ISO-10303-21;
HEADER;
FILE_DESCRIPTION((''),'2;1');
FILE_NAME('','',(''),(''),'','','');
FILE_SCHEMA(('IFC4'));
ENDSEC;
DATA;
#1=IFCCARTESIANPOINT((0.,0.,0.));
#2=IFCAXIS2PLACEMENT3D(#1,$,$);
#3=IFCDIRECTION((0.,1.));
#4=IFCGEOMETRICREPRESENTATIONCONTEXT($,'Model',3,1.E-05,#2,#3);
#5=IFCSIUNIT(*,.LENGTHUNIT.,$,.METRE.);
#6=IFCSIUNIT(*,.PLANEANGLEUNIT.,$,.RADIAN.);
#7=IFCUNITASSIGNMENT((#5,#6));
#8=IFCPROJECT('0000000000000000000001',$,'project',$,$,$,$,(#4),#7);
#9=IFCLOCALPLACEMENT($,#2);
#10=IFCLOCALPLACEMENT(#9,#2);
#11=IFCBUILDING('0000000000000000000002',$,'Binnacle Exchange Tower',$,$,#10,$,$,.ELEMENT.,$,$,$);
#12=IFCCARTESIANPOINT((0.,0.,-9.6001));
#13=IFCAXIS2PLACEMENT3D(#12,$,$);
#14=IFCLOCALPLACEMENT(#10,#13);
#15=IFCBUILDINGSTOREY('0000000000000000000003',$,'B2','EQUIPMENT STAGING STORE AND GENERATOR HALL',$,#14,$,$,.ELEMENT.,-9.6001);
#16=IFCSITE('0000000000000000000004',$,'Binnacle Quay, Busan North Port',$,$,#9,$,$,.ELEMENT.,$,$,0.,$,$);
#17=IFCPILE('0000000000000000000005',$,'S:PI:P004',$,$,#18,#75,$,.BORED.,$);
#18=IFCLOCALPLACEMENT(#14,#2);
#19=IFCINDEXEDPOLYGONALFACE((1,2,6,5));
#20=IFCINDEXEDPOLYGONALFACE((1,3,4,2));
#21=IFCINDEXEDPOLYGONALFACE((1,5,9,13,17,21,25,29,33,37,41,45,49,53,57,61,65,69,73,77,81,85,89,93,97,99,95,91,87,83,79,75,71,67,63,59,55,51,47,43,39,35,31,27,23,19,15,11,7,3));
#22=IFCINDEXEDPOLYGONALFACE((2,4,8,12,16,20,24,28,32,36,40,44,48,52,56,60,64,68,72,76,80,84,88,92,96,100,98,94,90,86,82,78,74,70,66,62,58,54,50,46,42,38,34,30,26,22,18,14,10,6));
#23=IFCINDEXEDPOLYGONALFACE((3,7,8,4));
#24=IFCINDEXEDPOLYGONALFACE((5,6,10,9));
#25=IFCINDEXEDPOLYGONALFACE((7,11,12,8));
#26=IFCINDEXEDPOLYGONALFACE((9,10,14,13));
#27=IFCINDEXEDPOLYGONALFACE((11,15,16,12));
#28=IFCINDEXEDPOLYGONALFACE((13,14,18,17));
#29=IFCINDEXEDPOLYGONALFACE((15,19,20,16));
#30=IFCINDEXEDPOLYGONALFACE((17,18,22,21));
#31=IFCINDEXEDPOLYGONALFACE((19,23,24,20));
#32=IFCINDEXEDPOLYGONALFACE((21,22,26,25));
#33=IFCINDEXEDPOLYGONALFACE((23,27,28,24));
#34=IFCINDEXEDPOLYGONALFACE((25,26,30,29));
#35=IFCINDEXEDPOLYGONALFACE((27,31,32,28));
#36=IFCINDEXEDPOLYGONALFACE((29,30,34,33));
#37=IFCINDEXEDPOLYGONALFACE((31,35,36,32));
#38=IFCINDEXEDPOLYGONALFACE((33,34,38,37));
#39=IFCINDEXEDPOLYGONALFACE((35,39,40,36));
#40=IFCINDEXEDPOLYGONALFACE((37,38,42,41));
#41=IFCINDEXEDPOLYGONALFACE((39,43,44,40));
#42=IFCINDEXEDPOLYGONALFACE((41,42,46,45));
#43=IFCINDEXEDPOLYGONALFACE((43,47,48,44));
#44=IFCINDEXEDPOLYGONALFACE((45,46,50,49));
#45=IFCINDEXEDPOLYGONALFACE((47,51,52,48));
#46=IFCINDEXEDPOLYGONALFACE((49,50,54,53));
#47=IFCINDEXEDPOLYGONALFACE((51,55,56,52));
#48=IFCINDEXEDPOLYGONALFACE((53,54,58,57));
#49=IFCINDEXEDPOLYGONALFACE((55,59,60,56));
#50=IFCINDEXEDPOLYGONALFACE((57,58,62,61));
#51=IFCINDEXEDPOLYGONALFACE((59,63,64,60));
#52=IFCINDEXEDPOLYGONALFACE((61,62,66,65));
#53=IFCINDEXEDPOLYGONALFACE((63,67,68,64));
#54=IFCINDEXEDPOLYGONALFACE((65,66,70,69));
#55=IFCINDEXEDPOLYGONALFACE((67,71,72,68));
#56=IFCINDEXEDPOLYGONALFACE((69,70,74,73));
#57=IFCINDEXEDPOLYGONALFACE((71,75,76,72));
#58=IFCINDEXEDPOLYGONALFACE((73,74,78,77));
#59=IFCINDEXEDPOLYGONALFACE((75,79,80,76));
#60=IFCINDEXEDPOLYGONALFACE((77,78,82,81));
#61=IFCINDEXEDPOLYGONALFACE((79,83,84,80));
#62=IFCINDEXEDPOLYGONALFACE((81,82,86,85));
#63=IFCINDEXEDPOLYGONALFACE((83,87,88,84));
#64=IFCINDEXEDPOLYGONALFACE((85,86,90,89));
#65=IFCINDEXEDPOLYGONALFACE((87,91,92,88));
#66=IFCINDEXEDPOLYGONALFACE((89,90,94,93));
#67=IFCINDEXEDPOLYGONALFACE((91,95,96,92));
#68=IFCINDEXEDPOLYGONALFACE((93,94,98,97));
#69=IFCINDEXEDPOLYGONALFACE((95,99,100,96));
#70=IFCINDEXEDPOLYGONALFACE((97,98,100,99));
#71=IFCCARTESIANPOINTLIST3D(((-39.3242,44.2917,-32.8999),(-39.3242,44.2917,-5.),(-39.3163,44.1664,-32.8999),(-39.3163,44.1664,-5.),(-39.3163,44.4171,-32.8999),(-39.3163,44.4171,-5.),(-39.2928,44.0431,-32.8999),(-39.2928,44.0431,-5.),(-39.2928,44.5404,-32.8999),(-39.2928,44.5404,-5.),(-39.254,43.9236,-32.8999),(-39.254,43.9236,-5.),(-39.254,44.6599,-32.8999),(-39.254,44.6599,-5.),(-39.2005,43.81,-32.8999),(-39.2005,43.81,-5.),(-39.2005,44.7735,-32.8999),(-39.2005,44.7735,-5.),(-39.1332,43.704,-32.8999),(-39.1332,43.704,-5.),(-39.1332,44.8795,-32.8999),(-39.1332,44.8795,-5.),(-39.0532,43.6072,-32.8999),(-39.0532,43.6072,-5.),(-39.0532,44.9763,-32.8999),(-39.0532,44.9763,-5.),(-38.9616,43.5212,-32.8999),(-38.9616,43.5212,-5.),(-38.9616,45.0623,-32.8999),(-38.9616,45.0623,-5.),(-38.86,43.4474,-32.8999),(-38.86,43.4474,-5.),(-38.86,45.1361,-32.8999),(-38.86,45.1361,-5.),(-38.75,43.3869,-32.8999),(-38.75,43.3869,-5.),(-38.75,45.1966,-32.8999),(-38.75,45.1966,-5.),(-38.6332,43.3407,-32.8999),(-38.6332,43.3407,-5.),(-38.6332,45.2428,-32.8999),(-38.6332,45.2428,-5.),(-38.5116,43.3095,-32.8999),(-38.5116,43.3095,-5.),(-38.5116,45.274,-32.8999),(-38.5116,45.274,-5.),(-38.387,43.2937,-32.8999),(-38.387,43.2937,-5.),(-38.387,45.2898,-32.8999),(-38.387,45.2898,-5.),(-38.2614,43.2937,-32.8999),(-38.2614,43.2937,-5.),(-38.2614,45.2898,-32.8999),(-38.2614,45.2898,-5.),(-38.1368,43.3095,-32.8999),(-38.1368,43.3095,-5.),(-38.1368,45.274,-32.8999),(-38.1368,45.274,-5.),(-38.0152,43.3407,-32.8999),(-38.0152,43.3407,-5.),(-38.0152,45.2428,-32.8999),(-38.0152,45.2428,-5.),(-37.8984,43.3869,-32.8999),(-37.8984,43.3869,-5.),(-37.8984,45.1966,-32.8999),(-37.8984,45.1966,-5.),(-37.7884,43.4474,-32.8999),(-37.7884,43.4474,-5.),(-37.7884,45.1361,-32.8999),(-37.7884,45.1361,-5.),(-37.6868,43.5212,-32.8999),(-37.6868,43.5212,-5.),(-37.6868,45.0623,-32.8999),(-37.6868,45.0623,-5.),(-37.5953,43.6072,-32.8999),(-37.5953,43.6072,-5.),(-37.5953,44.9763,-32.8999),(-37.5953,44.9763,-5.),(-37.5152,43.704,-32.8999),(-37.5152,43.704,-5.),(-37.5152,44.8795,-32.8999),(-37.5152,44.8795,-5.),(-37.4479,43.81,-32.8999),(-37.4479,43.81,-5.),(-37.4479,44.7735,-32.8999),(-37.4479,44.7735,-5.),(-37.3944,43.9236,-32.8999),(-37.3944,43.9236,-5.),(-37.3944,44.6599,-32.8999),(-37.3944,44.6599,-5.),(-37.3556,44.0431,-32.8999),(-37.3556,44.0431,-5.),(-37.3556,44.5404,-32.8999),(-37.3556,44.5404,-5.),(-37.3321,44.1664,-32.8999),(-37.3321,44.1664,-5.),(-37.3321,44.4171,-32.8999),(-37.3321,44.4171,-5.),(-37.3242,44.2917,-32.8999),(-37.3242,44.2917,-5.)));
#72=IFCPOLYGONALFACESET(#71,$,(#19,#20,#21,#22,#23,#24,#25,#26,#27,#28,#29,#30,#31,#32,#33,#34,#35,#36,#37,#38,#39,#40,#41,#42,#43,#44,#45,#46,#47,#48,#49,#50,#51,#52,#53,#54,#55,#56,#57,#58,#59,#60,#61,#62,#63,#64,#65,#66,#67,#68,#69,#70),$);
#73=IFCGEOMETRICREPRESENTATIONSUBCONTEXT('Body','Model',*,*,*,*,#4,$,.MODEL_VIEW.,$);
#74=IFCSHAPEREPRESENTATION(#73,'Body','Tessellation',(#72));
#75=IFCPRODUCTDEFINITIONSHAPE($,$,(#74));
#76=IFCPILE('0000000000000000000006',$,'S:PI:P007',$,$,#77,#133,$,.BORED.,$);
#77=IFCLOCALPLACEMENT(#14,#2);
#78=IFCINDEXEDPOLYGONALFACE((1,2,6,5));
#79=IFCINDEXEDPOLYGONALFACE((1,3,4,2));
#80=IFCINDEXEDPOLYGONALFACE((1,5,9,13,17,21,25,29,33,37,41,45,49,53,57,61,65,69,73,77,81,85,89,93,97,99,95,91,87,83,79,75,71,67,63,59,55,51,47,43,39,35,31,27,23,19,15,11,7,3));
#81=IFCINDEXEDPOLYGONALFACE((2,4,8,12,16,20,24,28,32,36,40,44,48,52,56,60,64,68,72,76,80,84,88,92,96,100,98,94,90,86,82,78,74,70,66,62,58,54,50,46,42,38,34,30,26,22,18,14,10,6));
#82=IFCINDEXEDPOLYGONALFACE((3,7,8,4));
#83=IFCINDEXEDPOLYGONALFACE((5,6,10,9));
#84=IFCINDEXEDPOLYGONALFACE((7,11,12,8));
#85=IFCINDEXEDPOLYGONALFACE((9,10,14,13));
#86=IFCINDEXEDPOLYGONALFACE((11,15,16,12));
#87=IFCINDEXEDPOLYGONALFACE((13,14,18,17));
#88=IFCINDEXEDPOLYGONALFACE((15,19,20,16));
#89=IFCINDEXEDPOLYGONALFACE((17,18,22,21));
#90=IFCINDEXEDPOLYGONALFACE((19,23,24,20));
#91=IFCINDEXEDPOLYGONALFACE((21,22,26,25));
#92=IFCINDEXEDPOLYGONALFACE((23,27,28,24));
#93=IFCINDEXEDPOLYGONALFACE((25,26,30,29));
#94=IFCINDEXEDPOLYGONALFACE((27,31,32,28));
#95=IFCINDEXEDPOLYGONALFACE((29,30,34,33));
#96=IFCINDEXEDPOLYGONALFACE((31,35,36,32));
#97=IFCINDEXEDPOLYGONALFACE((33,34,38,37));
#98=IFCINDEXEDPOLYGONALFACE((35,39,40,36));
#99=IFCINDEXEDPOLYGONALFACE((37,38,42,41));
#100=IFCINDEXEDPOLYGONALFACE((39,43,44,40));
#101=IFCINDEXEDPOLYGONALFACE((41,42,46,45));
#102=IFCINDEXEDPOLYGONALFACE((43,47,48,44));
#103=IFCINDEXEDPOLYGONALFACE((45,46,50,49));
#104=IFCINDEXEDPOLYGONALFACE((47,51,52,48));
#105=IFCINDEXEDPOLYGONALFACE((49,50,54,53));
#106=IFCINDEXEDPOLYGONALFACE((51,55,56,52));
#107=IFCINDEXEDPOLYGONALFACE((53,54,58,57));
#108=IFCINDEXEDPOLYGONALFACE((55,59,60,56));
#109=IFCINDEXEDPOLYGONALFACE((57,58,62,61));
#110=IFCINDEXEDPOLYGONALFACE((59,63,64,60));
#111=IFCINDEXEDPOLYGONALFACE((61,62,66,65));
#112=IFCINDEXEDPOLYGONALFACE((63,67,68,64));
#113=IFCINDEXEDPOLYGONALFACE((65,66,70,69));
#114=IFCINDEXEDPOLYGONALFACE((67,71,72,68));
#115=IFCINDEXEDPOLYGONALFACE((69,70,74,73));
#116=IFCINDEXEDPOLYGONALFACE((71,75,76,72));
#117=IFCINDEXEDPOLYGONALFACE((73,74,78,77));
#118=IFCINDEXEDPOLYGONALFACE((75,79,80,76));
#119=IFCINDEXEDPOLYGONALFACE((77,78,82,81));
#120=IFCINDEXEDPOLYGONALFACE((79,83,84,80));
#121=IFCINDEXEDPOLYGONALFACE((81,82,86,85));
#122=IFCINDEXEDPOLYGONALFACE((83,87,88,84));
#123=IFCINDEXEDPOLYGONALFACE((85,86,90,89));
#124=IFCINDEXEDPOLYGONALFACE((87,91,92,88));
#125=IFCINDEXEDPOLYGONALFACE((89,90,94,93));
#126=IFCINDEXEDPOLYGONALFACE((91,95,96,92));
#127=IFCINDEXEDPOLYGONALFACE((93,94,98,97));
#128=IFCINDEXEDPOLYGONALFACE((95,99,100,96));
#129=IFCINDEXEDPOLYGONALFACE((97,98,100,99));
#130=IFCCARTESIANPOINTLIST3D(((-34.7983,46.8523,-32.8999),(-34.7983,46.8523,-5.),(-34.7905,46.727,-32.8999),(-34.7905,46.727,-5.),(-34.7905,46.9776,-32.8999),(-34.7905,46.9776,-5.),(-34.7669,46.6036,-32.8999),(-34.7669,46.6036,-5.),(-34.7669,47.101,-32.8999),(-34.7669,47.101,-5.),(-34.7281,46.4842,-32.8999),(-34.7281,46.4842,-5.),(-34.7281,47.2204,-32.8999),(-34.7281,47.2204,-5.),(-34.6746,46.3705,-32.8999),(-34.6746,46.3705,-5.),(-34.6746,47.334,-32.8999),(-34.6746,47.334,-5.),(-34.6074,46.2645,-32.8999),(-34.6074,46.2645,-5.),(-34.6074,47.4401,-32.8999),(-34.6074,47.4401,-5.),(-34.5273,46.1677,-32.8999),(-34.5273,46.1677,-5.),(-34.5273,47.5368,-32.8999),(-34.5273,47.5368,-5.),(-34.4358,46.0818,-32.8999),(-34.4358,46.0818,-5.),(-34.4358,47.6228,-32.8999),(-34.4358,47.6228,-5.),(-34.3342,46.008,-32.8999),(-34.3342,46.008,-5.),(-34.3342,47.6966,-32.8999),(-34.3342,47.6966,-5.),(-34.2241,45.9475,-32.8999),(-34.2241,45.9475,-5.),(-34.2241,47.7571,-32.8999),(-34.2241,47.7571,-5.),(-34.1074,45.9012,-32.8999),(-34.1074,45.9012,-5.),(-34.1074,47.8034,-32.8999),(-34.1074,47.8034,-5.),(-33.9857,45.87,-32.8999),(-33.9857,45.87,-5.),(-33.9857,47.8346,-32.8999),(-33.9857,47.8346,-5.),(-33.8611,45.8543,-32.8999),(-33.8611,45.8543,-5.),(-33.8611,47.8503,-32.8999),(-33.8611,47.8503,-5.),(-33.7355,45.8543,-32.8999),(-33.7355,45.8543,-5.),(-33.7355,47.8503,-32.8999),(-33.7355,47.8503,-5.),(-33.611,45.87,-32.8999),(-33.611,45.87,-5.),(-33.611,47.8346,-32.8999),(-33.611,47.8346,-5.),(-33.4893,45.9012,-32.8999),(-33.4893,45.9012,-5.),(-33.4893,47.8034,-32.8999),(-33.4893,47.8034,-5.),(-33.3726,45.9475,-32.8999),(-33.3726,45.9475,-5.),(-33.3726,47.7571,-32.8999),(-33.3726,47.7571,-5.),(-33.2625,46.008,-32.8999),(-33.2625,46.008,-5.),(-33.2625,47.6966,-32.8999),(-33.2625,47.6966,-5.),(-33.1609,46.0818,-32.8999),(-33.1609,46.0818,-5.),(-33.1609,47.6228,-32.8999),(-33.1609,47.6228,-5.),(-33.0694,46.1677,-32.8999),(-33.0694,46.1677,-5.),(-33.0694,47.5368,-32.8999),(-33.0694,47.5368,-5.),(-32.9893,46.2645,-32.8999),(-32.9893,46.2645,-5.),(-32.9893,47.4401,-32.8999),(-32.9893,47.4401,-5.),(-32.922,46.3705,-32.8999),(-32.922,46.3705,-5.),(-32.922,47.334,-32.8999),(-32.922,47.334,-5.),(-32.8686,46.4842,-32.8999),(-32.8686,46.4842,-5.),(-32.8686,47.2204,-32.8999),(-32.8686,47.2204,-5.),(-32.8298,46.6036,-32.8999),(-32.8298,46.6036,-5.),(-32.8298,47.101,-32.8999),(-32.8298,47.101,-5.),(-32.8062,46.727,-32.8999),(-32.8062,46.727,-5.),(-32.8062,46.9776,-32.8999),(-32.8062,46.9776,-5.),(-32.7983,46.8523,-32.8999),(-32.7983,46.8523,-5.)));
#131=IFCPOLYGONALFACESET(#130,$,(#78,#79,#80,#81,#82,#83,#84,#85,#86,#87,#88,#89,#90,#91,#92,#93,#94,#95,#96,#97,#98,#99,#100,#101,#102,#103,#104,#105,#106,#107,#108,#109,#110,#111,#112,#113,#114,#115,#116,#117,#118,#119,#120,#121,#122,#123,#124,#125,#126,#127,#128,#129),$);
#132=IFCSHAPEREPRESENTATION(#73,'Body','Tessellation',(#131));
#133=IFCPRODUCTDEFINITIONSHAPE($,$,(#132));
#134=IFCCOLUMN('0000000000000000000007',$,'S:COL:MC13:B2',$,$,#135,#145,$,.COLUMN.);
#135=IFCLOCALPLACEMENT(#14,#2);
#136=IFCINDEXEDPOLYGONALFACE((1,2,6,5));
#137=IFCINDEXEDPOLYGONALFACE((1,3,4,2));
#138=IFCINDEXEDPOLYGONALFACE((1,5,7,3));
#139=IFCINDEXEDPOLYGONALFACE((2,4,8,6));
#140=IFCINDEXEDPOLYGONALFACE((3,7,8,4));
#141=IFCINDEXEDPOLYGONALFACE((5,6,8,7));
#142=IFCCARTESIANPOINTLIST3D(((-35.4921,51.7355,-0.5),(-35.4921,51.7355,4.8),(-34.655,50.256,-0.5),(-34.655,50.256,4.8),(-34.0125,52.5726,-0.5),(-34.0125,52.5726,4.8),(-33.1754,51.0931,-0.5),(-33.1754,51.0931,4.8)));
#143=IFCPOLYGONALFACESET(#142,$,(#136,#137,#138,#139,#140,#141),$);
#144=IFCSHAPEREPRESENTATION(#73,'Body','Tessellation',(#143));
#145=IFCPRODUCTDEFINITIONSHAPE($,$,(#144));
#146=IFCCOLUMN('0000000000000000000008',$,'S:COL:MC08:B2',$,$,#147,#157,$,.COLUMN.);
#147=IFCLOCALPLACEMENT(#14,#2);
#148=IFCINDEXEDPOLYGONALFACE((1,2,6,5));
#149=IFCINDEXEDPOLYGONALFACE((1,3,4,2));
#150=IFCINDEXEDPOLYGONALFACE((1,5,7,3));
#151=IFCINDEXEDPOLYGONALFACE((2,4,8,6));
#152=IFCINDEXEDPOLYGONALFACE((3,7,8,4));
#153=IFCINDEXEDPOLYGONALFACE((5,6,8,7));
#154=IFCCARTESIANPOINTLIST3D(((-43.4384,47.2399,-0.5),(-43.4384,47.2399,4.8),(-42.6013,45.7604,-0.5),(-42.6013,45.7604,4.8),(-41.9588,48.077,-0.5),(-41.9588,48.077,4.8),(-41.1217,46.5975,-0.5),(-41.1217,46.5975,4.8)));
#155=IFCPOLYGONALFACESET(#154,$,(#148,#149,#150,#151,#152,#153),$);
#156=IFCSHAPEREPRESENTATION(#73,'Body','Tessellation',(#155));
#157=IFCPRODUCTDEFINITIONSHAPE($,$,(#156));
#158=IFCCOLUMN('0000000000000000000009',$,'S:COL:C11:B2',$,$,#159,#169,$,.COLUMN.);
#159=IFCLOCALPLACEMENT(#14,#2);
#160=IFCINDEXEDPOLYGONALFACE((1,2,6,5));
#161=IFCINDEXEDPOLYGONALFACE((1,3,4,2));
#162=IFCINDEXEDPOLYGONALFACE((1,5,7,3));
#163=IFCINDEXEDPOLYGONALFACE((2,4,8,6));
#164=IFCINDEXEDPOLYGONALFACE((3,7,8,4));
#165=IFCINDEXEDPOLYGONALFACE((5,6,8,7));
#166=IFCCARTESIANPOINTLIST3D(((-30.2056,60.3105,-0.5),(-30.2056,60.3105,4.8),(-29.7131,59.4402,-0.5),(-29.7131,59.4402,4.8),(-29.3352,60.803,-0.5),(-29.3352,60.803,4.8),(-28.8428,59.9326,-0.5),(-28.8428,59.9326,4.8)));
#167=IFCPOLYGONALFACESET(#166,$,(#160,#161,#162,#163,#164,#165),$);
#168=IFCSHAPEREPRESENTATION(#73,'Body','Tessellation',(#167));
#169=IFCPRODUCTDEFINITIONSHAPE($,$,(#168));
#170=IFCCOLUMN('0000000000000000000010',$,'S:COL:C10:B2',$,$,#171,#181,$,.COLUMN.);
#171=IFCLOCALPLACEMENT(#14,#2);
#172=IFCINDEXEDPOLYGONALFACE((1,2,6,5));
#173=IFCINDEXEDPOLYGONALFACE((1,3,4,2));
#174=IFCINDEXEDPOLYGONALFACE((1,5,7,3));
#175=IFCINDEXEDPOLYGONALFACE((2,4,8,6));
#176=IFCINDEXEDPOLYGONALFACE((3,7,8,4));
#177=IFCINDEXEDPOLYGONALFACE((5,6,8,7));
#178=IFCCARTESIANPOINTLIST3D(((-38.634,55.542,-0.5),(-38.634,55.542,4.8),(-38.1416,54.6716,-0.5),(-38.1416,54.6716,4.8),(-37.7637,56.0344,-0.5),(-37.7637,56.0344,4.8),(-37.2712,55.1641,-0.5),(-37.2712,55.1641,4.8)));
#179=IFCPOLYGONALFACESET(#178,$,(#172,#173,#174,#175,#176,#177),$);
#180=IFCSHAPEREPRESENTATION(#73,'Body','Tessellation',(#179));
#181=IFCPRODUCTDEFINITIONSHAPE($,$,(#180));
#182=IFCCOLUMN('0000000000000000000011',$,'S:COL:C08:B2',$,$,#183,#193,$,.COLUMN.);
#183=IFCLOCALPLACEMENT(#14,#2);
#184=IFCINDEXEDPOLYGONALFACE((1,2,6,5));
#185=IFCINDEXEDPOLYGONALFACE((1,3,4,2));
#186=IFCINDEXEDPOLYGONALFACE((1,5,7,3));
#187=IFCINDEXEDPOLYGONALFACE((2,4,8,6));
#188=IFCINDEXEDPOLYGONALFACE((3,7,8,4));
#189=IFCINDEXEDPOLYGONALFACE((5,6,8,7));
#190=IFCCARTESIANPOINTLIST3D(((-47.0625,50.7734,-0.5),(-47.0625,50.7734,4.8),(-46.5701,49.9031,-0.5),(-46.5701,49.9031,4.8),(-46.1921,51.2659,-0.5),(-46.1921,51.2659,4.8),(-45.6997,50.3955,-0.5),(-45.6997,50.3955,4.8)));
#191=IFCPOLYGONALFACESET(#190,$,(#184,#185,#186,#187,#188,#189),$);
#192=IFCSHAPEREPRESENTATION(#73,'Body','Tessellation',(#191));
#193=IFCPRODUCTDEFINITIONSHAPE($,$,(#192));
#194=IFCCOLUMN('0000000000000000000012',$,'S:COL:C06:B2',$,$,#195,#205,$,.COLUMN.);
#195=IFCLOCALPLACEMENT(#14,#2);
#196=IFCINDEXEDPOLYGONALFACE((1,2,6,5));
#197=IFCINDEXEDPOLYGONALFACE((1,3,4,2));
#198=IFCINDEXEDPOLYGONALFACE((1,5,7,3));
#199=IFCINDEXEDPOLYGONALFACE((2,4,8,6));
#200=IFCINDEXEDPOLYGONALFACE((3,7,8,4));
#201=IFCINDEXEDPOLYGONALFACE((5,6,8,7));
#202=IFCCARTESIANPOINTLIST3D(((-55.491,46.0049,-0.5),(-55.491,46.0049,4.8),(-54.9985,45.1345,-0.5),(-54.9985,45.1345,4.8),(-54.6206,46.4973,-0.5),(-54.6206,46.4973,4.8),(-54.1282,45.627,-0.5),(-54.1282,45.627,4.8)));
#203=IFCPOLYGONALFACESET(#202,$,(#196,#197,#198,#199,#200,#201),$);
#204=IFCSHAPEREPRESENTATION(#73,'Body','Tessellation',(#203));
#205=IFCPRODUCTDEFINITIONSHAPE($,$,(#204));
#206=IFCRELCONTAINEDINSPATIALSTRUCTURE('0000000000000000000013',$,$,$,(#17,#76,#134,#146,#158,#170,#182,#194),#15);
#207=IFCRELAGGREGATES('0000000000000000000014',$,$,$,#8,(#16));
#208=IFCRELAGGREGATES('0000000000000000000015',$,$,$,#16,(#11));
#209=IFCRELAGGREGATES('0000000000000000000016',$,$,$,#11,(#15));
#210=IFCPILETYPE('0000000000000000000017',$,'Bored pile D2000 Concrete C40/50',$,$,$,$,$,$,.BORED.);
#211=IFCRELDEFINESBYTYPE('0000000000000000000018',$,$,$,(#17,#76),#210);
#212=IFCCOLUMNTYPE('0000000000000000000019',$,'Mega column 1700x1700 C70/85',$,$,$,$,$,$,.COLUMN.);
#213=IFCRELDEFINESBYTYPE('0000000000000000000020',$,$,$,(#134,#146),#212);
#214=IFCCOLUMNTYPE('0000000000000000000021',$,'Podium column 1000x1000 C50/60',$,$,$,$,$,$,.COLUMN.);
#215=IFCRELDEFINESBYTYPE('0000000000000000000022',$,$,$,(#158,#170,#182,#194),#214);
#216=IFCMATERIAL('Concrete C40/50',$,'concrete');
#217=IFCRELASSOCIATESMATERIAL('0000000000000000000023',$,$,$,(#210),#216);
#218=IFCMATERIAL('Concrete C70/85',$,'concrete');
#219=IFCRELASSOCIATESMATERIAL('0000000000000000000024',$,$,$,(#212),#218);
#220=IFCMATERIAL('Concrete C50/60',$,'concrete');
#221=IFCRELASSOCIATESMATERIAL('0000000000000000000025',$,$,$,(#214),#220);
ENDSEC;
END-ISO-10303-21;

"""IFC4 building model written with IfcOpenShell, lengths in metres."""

from ifc_helpers import new_model, si_unit, direction, frame, origin, origin_2d, place, context, subcontext, project, spatial, rectangle, circle, extrude, material, material_profile, profile_set, type_object, element, save


model = new_model("IFC4")

# Units and contexts
model_context = context("Model", 3, precision=1e-05, world=origin(), true_north=direction((0.0, 1.0)))
body_context = subcontext(model_context, "Body", "Model", "MODEL_VIEW")
ifc_project = project(units=[si_unit("LENGTHUNIT", "METRE"), si_unit("PLANEANGLEUNIT", "RADIAN")], contexts=[model_context])

# Site, building, storey
site_placement = place(None, origin())
site = spatial("IfcSite", under=ifc_project, at=site_placement, Name="Binnacle Quay, Busan North Port", CompositionType="ELEMENT", RefElevation=0.0)
building_placement = place(site_placement, origin())
building = spatial("IfcBuilding", under=site, at=building_placement, Name="Binnacle Exchange Tower", CompositionType="ELEMENT")
storey_placement = place(building_placement, frame((0.0, 0.0, -9.6001)))
storey = spatial("IfcBuildingStorey", under=building, at=storey_placement, Name="B2", Description="EQUIPMENT STAGING STORE AND GENERATOR HALL", CompositionType="ELEMENT", Elevation=-9.6001)

# Piles
ifc_material_1 = material(Name="Concrete C40/50", Category="concrete")
ifc_material_profile_1 = material_profile(ifc_material_1, circle(Radius=1.0, at=origin_2d()), Name="Bored pile D2000")
ifc_profile_set_1 = profile_set([ifc_material_profile_1], Name="Concrete C40/50")
pile_type = type_object("IfcPileType", Name="Bored pile D2000 Concrete C40/50", PredefinedType="BORED", material=ifc_profile_set_1)
for number, where, z_axis, x_axis, name in (
    (1, (-38.3242, 44.2917, -5.0), (0.0, 0.0, -1.0), (1.0, 0.0, 0.0), "S:PI:P004"),
    (2, (-33.7983, 46.8523, -5.0), (0.0, 0.0, -1.0), (1.0, 0.0, 0.0), "S:PI:P007"),
):
    element("IfcPile", number, at=place(storey_placement, frame(where, z_axis=z_axis, x_axis=x_axis)), inside=storey, type_object=pile_type, Name=name, PredefinedType="BORED", context=body_context, shape_type="SweptSolid", body=[
        extrude(circle(Radius=1.0, at=origin_2d()), origin(), (0.0, 0.0, 1.0), 27.8999),
    ])

# Columns
ifc_material_2 = material(Name="Concrete C70/85", Category="concrete")
ifc_material_profile_2 = material_profile(ifc_material_2, rectangle(XDim=1.7, YDim=1.7, at=origin_2d()), Name="Mega column 1700x1700 C70/85")
ifc_profile_set_2 = profile_set([ifc_material_profile_2], Name="Concrete C70/85")
column_type_1 = type_object("IfcColumnType", Name="Mega column 1700x1700 C70/85", PredefinedType="COLUMN", material=ifc_profile_set_2)
for number, where, z_axis, x_axis, name in (
    (3, (-34.3337, 51.4143, -0.5), (0.0, 0.0, 1.0), (-0.870356, -0.492424, 0.0), "S:COL:MC13:B2"),
    (4, (-42.28, 46.9187, -0.5), (0.0, 0.0, 1.0), (-0.870356, -0.492424, 0.0), "S:COL:MC08:B2"),
):
    element("IfcColumn", number, at=place(storey_placement, frame(where, z_axis=z_axis, x_axis=x_axis)), inside=storey, type_object=column_type_1, Name=name, PredefinedType="COLUMN", context=body_context, shape_type="SweptSolid", body=[
        extrude(rectangle(XDim=1.7, YDim=1.7, at=origin_2d()), origin(), (0.0, 0.0, 1.0), 5.3),
    ])
ifc_material_3 = material(Name="Concrete C50/60", Category="concrete")
ifc_material_profile_3 = material_profile(ifc_material_3, rectangle(XDim=1.0, YDim=1.0, at=origin_2d()), Name="Podium column 1000x1000 C50/60")
ifc_profile_set_3 = profile_set([ifc_material_profile_3], Name="Concrete C50/60")
column_type_2 = type_object("IfcColumnType", Name="Podium column 1000x1000 C50/60", PredefinedType="COLUMN", material=ifc_profile_set_3)
for number, where, z_axis, x_axis, name in (
    (5, (-29.5242, 60.1216, -0.5), (0.0, 0.0, 1.0), (-0.870356, -0.492424, 0.0), "S:COL:C11:B2"),
    (6, (-37.9526, 55.353, -0.5), (0.0, 0.0, 1.0), (-0.870356, -0.492424, 0.0), "S:COL:C10:B2"),
    (7, (-46.3811, 50.5845, -0.5), (0.0, 0.0, 1.0), (-0.870356, -0.492424, 0.0), "S:COL:C08:B2"),
    (8, (-54.8096, 45.8159, -0.5), (0.0, 0.0, 1.0), (-0.870356, -0.492424, 0.0), "S:COL:C06:B2"),
):
    element("IfcColumn", number, at=place(storey_placement, frame(where, z_axis=z_axis, x_axis=x_axis)), inside=storey, type_object=column_type_2, Name=name, PredefinedType="COLUMN", context=body_context, shape_type="SweptSolid", body=[
        extrude(rectangle(XDim=1.0, YDim=1.0, at=origin_2d()), origin(), (0.0, 0.0, 1.0), 5.3),
    ])

save(model, "model.ifc")
